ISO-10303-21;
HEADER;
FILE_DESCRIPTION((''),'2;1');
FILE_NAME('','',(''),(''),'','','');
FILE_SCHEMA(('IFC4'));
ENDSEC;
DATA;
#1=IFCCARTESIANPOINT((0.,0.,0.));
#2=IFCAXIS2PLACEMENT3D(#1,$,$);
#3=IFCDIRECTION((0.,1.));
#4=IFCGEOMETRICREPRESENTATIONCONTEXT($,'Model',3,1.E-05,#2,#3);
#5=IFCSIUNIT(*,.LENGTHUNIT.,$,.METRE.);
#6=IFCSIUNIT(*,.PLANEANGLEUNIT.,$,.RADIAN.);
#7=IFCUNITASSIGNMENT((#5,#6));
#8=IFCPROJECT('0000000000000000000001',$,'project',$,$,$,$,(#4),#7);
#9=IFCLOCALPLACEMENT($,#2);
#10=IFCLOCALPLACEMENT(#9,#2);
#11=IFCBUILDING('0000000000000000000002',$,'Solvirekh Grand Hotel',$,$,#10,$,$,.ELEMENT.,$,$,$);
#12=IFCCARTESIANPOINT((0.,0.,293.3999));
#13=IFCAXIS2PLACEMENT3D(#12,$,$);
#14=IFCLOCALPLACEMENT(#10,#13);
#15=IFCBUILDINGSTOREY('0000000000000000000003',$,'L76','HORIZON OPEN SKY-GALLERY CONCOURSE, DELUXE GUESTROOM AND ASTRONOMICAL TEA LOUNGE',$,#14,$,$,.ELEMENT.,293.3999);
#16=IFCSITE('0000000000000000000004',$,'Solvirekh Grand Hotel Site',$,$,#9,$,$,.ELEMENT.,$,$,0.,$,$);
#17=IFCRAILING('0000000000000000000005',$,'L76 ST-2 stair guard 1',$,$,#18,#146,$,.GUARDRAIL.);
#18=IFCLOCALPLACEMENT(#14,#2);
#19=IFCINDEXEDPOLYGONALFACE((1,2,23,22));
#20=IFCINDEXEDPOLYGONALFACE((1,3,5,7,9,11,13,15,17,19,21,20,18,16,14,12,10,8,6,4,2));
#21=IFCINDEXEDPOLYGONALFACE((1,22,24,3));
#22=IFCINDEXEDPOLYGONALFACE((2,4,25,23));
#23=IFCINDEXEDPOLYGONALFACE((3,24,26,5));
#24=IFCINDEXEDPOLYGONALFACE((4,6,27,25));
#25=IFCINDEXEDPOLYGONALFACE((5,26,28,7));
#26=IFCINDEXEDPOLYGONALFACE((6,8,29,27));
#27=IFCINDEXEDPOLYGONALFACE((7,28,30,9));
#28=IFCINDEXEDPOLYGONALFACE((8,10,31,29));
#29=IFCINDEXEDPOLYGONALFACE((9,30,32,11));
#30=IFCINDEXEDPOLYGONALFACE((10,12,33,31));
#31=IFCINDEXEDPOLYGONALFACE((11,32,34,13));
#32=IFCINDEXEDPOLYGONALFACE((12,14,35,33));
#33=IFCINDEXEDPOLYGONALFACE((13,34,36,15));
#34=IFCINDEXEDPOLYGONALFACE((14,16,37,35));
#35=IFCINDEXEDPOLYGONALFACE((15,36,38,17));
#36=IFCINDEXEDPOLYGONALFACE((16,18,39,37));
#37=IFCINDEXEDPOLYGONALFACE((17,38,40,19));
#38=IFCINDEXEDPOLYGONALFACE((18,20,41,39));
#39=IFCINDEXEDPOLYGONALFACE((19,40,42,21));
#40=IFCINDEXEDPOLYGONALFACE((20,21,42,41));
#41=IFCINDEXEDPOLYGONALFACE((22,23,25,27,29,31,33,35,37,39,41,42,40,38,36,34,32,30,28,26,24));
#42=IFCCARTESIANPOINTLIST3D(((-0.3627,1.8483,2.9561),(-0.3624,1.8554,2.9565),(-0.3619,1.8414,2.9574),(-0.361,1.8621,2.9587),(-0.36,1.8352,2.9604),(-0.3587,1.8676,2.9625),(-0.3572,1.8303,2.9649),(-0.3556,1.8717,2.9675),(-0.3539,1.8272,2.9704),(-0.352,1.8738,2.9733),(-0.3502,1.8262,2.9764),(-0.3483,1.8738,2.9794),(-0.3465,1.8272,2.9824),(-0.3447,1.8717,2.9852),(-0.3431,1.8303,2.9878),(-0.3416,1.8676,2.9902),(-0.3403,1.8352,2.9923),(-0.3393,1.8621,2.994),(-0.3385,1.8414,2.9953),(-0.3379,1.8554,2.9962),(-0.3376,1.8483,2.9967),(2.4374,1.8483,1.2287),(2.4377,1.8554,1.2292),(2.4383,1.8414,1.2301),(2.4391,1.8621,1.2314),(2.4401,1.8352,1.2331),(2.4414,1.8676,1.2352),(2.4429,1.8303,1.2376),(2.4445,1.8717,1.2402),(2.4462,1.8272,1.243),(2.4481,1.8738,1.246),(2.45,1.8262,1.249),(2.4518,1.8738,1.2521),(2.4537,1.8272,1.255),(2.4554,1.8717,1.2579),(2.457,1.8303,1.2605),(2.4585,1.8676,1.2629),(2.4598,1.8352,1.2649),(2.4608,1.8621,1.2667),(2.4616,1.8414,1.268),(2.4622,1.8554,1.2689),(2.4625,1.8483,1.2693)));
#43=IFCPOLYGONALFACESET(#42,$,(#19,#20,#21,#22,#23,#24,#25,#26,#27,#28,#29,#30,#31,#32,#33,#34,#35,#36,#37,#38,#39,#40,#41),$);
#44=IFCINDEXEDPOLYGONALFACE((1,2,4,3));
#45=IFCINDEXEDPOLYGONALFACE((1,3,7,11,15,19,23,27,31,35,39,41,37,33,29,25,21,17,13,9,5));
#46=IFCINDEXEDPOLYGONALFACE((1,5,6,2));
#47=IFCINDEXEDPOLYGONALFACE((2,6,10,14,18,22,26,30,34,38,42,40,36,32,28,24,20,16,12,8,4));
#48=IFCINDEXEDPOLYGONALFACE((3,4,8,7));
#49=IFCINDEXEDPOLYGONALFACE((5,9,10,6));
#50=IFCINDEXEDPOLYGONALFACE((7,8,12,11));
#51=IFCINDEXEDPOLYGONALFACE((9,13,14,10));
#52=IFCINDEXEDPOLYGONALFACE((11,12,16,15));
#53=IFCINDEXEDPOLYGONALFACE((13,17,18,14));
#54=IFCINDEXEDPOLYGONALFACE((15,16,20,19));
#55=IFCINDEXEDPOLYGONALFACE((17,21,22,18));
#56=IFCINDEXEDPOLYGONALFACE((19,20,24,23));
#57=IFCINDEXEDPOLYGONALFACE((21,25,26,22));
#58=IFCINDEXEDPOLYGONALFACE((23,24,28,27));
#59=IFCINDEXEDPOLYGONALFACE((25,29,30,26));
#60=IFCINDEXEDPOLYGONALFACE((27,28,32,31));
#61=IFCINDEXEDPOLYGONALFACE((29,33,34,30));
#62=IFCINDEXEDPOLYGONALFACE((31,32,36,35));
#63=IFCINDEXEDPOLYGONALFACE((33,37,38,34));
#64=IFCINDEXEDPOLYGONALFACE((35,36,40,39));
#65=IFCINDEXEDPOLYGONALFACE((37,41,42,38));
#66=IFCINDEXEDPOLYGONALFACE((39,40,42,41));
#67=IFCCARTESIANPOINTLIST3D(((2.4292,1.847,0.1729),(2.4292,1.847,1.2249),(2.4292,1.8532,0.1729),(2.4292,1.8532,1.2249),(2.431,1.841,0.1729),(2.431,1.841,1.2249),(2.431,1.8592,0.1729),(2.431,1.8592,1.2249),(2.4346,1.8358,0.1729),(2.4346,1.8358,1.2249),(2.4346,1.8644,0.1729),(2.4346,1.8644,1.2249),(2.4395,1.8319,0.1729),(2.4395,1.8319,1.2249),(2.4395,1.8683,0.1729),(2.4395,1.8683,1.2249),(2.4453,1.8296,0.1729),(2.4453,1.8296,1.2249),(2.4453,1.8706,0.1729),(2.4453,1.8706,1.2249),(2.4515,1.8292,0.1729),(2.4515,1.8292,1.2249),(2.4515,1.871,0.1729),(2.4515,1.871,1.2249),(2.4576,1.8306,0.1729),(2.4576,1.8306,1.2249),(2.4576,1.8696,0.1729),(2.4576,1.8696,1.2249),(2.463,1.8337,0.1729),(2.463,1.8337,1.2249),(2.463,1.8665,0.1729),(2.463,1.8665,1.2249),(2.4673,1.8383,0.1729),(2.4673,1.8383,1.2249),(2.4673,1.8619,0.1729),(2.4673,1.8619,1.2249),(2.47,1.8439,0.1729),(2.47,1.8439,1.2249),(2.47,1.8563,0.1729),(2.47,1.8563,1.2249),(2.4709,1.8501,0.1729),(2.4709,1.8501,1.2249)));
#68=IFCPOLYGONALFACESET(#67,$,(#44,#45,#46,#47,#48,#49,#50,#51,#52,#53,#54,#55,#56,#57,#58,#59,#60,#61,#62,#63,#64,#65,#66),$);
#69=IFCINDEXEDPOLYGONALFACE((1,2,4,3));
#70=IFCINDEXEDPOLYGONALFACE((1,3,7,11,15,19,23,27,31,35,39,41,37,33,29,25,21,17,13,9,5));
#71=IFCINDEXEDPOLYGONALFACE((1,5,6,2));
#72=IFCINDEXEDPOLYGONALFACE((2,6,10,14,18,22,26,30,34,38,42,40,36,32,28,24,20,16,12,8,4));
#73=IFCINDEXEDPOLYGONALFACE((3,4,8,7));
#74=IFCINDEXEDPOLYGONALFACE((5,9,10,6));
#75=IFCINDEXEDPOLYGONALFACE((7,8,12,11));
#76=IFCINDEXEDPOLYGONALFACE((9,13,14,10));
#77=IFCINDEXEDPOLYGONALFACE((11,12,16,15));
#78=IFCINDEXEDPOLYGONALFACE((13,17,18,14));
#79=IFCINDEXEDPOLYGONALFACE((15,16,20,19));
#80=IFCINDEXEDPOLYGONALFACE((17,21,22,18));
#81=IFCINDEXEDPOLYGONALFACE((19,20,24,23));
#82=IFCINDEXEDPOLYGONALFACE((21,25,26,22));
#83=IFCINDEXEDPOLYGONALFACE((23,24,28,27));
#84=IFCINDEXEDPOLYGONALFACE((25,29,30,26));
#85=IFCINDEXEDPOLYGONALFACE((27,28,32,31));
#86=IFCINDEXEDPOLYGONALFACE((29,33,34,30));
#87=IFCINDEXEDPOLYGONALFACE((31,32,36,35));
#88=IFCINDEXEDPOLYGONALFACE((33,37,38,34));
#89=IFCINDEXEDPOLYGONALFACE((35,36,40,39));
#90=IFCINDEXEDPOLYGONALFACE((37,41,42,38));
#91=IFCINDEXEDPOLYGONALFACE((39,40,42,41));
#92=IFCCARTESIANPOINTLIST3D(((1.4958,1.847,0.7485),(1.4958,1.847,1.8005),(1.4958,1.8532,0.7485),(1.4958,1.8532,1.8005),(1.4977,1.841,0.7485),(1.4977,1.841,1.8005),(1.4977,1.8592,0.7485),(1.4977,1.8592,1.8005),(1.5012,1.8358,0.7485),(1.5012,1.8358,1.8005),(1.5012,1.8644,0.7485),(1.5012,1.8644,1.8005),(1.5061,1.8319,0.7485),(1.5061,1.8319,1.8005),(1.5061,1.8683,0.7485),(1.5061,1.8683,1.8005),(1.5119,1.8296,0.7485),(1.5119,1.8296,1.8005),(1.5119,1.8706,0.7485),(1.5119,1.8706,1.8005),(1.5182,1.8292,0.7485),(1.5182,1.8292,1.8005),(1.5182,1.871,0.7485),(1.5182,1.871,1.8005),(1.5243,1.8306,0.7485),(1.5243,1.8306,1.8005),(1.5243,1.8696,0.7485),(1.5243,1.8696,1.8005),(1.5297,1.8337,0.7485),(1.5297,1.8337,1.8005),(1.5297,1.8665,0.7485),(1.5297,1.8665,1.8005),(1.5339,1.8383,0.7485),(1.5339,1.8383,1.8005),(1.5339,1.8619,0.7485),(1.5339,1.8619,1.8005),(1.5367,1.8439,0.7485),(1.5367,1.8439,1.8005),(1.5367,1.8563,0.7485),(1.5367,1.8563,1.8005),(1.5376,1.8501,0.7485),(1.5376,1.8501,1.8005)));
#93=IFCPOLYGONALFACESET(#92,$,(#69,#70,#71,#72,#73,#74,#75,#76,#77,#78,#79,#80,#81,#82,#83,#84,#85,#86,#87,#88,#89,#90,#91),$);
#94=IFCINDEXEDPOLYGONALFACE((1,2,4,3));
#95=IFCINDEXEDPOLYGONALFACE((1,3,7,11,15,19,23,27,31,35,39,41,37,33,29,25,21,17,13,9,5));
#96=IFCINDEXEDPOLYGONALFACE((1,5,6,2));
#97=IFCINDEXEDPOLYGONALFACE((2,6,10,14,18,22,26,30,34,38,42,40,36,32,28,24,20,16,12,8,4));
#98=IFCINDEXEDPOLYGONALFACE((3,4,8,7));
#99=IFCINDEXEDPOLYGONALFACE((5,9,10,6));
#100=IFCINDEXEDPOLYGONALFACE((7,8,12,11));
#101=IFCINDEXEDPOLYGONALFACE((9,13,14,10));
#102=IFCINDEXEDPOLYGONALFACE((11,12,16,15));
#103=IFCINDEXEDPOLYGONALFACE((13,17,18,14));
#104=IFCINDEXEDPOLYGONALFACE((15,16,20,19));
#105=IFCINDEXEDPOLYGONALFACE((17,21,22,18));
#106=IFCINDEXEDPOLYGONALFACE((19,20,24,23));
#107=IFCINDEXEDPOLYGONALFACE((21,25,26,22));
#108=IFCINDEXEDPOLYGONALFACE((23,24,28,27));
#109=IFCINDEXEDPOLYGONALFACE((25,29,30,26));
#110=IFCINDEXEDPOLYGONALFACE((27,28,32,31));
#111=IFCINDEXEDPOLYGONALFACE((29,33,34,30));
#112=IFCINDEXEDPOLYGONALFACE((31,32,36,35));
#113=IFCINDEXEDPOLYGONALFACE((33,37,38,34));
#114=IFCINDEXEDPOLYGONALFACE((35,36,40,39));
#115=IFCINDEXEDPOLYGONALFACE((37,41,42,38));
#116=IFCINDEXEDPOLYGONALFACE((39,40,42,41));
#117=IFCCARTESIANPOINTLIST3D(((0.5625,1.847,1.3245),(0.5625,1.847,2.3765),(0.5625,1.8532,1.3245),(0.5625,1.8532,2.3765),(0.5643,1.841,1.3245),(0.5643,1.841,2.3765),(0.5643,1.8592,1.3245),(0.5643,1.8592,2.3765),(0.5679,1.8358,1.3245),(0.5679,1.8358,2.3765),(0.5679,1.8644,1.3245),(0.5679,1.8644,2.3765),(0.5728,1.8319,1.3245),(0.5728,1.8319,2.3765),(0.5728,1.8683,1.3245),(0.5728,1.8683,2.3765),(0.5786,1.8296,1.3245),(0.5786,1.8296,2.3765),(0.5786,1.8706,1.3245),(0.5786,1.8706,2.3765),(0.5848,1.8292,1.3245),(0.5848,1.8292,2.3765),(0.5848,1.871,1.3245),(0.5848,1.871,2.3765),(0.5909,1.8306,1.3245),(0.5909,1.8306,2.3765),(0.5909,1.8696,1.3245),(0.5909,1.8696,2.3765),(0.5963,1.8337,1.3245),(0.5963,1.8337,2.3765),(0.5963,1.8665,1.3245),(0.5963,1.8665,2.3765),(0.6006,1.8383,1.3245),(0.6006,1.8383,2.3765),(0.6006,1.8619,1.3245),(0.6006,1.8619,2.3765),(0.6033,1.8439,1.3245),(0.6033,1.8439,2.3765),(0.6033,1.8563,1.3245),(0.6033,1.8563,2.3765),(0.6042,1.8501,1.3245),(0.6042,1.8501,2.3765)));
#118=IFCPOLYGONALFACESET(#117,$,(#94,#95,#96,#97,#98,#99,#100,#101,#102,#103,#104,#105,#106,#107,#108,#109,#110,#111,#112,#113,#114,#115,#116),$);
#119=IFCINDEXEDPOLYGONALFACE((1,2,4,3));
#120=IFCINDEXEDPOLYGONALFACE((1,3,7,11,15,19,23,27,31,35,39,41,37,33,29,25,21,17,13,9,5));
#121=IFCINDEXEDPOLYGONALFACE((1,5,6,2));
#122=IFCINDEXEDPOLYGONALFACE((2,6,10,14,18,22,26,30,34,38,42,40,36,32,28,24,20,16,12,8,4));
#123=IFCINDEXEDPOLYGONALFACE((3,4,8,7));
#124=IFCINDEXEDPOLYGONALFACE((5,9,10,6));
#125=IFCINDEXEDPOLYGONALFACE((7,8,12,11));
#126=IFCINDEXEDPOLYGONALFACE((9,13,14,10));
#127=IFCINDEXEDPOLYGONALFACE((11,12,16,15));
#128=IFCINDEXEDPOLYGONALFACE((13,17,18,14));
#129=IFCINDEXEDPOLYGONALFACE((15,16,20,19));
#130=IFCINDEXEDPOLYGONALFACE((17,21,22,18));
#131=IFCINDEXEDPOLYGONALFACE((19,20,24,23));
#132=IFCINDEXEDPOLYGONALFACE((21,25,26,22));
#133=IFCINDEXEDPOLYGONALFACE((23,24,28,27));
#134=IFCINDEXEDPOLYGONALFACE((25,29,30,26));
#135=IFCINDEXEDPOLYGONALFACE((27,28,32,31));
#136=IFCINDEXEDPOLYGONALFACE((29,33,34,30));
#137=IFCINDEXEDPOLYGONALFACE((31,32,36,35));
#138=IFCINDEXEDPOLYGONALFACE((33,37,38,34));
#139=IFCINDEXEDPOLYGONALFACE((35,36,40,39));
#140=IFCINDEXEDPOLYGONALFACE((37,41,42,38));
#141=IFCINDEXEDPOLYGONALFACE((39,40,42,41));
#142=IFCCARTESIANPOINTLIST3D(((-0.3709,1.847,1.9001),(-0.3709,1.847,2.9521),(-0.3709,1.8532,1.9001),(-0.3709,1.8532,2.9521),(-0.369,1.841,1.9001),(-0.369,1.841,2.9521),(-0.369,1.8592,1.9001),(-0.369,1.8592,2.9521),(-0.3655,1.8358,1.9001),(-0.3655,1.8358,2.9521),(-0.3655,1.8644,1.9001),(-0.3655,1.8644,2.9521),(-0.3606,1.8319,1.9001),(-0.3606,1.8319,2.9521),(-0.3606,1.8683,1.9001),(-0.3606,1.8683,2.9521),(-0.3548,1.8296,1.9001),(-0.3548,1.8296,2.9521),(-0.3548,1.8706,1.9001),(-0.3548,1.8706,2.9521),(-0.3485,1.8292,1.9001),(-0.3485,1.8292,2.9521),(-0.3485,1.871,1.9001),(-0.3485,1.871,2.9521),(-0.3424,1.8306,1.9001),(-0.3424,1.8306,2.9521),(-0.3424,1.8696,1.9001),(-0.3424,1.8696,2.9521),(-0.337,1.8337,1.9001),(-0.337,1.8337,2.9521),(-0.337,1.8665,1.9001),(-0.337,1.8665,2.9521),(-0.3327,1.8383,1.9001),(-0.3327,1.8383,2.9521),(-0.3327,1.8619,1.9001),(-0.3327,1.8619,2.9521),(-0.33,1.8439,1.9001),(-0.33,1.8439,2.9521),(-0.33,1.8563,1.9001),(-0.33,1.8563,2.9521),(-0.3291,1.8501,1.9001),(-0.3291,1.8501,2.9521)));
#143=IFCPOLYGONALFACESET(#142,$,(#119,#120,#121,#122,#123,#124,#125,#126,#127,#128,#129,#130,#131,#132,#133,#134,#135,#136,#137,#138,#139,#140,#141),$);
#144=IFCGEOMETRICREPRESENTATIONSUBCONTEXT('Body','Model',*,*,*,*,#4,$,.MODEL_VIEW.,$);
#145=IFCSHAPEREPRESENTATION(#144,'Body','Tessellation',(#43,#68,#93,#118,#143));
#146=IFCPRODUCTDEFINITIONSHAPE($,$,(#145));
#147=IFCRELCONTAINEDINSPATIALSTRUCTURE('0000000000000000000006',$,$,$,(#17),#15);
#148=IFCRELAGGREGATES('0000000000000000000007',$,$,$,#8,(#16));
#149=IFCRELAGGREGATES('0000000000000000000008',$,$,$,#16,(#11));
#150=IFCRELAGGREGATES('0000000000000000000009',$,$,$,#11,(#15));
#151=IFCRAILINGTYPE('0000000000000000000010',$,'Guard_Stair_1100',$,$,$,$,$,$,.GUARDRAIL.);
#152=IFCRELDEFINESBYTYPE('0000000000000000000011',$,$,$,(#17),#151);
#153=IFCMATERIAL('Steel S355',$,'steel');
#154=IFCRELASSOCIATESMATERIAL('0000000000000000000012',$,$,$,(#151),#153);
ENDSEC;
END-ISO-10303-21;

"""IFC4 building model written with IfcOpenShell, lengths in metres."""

from ifc_helpers import new_model, si_unit, direction, frame, origin, origin_2d, place, context, subcontext, project, spatial, circle, extrude, material, type_object, element, save


model = new_model("IFC4")

# Units and contexts
model_context = context("Model", 3, precision=1e-05, world=origin(), true_north=direction((0.0, 1.0)))
body_context = subcontext(model_context, "Body", "Model", "MODEL_VIEW")
ifc_project = project(units=[si_unit("LENGTHUNIT", "METRE"), si_unit("PLANEANGLEUNIT", "RADIAN")], contexts=[model_context])

# Site, building, storey
site_placement = place(None, origin())
site = spatial("IfcSite", under=ifc_project, at=site_placement, Name="Solvirekh Grand Hotel Site", CompositionType="ELEMENT", RefElevation=0.0)
building_placement = place(site_placement, origin())
building = spatial("IfcBuilding", under=site, at=building_placement, Name="Solvirekh Grand Hotel", CompositionType="ELEMENT")
storey_placement = place(building_placement, frame((0.0, 0.0, 293.3999)))
storey = spatial("IfcBuildingStorey", under=building, at=storey_placement, Name="L76", Description="HORIZON OPEN SKY-GALLERY CONCOURSE, DELUXE GUESTROOM AND ASTRONOMICAL TEA LOUNGE", CompositionType="ELEMENT", Elevation=293.3999)

# Shared definitions
ifc_material_1 = material(Name="Steel S355", Category="steel")

# Railing
railing_type_1 = type_object("IfcRailingType", Name="Guard_Stair_1100", PredefinedType="GUARDRAIL", material=ifc_material_1)
railing_1_placement = place(storey_placement, frame((2.45, 1.8501, 0.1729)))
element("IfcRailing", 1, at=railing_1_placement, inside=storey, type_object=railing_type_1, Name="L76 ST-2 stair guard 1", PredefinedType="GUARDRAIL", context=body_context, shape_type="SweptSolid", body=[
    extrude(circle(Radius=0.0239, at=origin_2d()), frame((0.0, 0.0, 1.0762), z_axis=(-0.85109, 0.0, 0.52502), x_axis=(0.0, -1.0, 0.0)), (0.0, 0.0, 1.0), 3.29),
    extrude(circle(Radius=0.021, at=origin_2d()), origin(), (0.0, 0.0, 1.0), 1.052),
    extrude(circle(Radius=0.021, at=origin_2d()), frame((-0.9333, 0.0, 0.5757)), (0.0, 0.0, 1.0), 1.052),
    extrude(circle(Radius=0.021, at=origin_2d()), frame((-1.8667, 0.0, 1.1516)), (0.0, 0.0, 1.0), 1.052),
    extrude(circle(Radius=0.021, at=origin_2d()), frame((-2.8, 0.0, 1.7273)), (0.0, 0.0, 1.0), 1.052),
])

save(model, "model.ifc")
